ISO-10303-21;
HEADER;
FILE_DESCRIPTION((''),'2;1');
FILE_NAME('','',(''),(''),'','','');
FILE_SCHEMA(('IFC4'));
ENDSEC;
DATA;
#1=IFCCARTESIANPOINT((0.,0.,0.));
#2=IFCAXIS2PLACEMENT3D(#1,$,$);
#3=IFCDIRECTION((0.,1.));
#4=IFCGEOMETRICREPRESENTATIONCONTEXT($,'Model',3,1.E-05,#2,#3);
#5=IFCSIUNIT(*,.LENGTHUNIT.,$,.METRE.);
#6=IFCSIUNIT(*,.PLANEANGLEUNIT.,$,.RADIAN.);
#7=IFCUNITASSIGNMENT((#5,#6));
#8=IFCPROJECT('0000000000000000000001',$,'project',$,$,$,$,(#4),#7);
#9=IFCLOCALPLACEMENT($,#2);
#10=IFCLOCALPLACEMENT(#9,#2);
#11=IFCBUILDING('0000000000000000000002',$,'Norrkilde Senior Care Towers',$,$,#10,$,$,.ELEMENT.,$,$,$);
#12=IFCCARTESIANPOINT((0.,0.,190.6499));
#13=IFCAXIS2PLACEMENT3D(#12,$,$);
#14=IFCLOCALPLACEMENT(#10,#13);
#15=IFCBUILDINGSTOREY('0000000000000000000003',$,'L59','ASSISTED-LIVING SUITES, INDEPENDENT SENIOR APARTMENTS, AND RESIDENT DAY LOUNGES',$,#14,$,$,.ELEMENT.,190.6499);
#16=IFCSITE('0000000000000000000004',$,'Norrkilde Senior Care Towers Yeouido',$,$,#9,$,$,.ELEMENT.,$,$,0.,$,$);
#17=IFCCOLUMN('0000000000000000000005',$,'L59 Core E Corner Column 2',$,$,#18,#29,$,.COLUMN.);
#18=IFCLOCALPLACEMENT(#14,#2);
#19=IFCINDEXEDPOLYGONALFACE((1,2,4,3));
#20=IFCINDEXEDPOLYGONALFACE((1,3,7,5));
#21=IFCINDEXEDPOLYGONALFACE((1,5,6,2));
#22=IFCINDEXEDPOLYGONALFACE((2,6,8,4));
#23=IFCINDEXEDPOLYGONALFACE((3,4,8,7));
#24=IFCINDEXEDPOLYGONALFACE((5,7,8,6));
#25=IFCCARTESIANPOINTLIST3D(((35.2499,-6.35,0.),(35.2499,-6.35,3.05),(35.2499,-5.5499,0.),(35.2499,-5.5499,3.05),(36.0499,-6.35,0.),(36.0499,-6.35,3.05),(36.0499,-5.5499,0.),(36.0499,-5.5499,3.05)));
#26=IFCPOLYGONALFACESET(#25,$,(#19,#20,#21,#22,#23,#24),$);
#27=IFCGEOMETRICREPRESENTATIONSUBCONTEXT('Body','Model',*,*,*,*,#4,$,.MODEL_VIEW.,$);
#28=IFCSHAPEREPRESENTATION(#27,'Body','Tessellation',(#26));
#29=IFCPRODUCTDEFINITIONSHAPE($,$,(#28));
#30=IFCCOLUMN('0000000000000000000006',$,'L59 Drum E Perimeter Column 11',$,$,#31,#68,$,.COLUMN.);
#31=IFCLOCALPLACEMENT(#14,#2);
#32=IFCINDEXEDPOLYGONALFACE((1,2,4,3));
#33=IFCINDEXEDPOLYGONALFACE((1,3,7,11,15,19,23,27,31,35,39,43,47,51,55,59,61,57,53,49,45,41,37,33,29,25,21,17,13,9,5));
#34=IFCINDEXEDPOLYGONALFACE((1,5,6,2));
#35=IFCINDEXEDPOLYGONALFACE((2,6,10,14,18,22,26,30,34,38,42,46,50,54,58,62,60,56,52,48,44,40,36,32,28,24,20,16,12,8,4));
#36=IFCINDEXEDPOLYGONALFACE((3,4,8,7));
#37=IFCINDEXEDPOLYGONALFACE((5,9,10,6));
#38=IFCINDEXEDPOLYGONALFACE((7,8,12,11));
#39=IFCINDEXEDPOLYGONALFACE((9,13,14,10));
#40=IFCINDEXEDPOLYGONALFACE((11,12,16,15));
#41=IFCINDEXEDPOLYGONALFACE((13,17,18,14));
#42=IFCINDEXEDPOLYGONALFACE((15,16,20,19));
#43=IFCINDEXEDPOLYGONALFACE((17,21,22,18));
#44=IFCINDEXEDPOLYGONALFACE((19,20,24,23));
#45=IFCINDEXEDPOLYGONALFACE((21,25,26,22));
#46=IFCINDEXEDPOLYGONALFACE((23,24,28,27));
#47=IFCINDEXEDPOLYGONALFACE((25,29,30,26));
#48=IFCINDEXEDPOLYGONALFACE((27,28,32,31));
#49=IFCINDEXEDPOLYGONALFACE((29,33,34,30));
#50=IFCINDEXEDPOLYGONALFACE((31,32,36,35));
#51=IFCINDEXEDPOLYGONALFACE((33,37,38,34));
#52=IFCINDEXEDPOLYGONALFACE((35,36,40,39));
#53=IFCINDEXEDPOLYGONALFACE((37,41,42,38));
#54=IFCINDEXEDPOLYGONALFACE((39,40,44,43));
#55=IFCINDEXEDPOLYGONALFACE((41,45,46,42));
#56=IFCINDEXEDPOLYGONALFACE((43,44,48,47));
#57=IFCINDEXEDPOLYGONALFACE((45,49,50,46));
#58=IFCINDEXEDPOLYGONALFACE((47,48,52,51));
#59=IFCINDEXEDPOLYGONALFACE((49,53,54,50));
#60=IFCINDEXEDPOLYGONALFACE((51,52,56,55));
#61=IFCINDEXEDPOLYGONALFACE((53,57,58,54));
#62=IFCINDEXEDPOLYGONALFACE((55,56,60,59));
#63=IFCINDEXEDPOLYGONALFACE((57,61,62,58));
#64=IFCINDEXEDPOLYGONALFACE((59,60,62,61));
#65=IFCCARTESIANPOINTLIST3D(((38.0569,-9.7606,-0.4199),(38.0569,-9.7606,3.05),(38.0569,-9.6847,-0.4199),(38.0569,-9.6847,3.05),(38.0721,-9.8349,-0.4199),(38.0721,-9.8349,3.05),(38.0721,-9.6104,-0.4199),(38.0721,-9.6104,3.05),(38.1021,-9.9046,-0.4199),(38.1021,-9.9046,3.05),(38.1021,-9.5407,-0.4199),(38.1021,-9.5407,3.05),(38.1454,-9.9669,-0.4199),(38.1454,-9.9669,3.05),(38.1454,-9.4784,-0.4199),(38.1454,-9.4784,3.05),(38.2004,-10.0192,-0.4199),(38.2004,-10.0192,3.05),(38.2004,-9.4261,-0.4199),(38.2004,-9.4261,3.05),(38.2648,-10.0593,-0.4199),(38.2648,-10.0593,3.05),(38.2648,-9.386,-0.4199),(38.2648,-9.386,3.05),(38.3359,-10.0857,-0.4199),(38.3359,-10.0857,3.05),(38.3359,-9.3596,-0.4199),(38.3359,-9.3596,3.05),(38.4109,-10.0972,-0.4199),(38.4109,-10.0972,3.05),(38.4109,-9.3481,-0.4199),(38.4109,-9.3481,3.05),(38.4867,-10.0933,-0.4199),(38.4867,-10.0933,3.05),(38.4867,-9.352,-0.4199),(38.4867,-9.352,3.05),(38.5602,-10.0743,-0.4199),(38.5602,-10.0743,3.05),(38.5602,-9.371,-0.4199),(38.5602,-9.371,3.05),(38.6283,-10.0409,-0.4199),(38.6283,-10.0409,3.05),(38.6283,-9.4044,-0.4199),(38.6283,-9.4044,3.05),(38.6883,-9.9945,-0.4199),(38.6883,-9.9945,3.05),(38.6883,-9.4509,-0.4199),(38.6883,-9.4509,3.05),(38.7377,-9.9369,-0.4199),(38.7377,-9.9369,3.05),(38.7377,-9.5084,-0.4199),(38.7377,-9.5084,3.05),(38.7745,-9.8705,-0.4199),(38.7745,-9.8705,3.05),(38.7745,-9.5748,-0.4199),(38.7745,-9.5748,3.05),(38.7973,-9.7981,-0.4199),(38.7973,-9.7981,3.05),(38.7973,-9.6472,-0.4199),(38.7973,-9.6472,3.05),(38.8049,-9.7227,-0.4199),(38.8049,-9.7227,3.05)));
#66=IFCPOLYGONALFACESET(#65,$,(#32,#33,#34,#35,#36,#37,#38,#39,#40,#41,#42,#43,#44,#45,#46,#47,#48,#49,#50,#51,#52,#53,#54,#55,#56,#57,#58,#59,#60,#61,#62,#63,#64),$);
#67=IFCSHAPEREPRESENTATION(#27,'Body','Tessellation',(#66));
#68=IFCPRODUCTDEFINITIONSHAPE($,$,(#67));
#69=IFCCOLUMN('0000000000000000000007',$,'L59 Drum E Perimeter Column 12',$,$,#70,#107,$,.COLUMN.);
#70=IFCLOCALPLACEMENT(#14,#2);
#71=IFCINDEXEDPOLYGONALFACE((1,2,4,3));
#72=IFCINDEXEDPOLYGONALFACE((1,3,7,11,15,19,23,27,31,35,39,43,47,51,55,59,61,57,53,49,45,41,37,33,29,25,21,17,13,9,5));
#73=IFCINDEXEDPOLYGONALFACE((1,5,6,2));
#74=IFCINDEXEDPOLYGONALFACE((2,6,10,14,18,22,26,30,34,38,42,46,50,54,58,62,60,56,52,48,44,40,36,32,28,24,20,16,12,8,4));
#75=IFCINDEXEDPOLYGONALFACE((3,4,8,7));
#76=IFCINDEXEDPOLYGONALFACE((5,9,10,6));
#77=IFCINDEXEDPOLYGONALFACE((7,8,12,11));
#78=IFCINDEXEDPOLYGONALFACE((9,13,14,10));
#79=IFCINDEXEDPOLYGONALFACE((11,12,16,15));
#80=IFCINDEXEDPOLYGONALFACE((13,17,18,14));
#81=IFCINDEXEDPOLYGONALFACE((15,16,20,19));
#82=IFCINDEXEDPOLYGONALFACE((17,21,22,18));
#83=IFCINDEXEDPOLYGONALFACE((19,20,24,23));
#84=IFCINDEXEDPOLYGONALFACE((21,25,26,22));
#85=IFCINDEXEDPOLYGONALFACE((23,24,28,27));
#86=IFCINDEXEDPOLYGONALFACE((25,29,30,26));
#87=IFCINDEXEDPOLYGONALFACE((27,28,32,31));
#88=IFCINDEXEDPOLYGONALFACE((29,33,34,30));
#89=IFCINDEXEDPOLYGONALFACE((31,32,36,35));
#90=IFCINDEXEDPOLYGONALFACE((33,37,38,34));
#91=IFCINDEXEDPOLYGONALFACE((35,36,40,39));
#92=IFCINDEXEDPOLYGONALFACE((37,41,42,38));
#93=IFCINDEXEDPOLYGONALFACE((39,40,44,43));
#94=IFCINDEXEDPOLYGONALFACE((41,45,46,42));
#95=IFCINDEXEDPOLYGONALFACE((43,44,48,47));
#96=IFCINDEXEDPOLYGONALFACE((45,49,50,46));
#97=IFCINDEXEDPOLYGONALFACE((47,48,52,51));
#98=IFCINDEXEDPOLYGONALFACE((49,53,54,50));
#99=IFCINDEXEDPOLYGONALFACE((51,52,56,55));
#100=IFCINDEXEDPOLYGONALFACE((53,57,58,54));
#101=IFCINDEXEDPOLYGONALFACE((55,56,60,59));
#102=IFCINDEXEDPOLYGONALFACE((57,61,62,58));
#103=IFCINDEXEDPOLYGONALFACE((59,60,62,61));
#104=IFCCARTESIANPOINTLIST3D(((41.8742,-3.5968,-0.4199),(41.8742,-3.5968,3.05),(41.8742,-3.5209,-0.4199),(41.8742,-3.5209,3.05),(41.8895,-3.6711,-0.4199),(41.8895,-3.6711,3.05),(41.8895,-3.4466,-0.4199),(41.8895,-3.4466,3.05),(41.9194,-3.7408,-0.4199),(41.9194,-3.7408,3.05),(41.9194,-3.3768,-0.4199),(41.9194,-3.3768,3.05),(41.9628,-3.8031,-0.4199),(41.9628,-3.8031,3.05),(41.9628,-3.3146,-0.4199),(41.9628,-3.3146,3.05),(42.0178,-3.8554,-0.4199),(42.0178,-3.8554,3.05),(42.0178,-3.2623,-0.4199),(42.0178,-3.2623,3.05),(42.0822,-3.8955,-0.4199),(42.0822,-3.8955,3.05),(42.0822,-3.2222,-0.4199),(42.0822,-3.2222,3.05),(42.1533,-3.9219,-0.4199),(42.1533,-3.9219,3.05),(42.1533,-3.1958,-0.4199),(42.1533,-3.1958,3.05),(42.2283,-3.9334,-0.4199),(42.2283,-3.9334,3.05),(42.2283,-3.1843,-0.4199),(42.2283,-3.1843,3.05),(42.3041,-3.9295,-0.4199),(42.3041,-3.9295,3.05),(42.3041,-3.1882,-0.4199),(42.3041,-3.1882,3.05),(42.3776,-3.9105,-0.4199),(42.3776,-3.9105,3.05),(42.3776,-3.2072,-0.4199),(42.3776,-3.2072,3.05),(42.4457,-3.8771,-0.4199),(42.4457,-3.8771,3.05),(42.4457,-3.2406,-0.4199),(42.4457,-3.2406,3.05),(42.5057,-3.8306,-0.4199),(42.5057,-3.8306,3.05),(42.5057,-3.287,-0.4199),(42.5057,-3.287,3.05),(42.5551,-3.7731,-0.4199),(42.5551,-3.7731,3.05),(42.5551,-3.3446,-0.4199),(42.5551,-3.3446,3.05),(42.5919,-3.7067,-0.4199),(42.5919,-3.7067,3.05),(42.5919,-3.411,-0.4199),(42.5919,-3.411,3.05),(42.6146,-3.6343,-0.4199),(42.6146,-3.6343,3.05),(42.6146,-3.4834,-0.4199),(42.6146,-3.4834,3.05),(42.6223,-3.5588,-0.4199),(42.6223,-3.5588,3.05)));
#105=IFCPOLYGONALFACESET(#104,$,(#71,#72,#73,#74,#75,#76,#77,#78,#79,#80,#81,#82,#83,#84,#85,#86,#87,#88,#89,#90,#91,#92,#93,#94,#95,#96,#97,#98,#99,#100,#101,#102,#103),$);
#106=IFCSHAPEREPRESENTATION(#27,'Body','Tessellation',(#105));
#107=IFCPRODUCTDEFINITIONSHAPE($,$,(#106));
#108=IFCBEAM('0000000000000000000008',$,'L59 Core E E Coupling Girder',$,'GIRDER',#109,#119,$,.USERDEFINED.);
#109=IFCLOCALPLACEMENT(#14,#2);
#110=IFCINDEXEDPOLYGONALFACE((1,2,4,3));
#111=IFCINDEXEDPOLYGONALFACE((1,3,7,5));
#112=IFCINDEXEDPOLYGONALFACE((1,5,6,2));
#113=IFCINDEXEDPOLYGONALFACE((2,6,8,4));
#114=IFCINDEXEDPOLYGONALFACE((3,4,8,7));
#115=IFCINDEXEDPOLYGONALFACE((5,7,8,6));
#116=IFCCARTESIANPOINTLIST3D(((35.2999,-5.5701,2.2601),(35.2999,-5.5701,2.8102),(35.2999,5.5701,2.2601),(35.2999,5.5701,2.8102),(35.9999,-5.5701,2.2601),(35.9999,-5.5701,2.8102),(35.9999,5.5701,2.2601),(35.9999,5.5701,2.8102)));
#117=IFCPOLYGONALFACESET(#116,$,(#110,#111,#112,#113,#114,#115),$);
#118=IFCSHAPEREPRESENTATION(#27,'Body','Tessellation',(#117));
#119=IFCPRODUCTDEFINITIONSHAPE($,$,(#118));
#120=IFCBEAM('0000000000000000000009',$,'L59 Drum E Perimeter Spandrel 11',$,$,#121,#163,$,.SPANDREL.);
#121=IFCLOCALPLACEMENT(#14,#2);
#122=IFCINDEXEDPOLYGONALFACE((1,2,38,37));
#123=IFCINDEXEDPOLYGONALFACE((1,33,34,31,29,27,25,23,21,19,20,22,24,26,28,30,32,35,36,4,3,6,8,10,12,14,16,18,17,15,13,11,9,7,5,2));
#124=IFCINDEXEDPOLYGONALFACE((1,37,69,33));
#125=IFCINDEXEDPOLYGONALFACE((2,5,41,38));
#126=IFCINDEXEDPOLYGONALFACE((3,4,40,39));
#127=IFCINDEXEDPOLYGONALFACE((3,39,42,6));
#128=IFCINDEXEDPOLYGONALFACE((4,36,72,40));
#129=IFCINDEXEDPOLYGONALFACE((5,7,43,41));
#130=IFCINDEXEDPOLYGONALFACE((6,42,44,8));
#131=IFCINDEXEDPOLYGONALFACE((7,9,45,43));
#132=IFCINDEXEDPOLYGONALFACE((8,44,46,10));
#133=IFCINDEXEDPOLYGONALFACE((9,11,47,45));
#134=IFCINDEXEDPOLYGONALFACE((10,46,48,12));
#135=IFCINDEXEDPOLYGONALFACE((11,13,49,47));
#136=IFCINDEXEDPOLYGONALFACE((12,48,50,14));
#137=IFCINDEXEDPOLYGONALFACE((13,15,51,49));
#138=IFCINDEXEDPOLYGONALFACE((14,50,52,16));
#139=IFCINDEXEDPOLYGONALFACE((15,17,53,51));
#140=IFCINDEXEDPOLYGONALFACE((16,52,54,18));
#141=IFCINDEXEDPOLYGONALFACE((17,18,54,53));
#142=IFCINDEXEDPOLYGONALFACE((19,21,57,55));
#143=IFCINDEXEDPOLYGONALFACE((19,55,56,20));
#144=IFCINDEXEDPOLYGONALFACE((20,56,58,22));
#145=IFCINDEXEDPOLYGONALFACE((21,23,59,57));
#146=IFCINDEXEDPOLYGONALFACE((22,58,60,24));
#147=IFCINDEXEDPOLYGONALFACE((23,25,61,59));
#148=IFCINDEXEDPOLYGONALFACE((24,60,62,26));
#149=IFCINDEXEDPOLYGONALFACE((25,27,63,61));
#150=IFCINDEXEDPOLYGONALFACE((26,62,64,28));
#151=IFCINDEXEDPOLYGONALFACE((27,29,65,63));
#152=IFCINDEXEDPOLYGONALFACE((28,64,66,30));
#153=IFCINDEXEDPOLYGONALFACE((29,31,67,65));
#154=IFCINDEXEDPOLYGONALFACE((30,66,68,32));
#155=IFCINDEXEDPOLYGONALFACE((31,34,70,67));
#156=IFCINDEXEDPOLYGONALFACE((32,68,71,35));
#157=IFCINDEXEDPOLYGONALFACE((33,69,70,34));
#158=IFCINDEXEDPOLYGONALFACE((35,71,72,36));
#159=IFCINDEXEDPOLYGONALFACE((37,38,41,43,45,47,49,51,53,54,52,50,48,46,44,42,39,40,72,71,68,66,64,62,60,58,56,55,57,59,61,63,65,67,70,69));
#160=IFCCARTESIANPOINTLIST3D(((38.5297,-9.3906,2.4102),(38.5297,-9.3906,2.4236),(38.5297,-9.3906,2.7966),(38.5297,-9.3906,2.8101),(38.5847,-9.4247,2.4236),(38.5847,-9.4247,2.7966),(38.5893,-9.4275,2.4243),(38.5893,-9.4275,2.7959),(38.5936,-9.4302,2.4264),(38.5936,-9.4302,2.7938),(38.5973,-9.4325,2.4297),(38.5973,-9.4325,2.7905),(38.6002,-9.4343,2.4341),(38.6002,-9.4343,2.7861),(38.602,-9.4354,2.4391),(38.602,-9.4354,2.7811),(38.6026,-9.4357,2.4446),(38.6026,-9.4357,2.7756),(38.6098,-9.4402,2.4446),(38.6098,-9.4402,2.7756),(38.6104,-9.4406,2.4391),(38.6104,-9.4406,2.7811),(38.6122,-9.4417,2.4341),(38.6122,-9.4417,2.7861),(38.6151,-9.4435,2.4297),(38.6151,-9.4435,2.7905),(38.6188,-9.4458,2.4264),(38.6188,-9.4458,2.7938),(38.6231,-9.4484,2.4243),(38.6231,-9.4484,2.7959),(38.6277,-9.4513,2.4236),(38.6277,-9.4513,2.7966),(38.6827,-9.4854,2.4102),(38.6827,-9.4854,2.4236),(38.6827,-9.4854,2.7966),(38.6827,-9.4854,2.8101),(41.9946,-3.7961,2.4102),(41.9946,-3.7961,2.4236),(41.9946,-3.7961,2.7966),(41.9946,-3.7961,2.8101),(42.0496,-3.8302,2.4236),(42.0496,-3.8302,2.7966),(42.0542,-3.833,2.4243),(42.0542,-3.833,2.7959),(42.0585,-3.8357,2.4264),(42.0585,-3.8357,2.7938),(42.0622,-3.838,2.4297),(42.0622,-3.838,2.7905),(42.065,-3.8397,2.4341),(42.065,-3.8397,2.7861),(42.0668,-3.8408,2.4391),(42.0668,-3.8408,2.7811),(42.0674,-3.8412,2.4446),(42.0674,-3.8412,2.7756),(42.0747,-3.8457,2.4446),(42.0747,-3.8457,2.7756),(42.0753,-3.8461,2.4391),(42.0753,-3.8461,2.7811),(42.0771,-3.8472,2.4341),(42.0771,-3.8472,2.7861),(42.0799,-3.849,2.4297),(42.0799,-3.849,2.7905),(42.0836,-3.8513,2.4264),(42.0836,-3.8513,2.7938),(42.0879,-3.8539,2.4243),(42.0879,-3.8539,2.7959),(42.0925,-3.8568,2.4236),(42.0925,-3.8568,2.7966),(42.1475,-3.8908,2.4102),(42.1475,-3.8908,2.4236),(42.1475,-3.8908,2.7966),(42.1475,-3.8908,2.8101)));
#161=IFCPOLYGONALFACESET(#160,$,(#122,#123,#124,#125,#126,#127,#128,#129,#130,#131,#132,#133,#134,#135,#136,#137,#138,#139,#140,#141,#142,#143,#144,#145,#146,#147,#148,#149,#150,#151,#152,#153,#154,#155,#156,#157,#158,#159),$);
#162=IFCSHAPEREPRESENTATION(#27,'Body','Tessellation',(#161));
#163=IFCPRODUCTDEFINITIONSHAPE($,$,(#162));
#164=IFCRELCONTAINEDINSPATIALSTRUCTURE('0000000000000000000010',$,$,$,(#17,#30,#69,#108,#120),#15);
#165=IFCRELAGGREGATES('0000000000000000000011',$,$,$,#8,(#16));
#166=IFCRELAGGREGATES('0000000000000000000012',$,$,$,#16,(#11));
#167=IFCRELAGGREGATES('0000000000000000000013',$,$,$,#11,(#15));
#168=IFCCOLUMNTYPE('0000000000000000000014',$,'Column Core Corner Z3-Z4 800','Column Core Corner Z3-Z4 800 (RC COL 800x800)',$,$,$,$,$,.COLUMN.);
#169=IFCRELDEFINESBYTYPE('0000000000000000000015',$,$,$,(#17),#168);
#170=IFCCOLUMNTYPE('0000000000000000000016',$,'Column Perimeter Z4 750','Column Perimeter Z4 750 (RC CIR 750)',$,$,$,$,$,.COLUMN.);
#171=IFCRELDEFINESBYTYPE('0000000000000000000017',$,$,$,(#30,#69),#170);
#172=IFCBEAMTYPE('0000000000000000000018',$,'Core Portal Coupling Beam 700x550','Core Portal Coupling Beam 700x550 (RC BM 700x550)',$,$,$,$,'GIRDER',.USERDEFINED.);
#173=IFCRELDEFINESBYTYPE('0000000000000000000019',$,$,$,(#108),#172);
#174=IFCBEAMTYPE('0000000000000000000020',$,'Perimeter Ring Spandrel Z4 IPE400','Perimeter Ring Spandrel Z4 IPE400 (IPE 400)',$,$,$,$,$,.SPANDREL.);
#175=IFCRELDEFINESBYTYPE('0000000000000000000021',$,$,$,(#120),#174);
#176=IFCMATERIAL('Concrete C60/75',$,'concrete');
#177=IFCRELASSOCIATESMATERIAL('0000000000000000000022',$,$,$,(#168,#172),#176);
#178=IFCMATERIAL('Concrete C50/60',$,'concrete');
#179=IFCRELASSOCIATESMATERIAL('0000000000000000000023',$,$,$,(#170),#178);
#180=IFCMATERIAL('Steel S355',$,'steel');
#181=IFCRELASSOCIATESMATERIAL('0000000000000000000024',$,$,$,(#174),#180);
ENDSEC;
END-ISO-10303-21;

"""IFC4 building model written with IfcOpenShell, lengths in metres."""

from ifc_helpers import new_model, si_unit, direction, frame, origin, origin_2d, place, context, subcontext, project, spatial, rectangle, circle, i_section, extrude, source, transform, mapped, material, material_profile, profile_set, type_object, type_shapes, element, save


model = new_model("IFC4")

# Units and contexts
model_context = context("Model", 3, precision=1e-05, world=origin(), true_north=direction((0.0, 1.0)))
body_context = subcontext(model_context, "Body", "Model", "MODEL_VIEW")
ifc_project = project(units=[si_unit("LENGTHUNIT", "METRE"), si_unit("PLANEANGLEUNIT", "RADIAN")], contexts=[model_context])

# Site, building, storey
site_placement = place(None, origin())
site = spatial("IfcSite", under=ifc_project, at=site_placement, Name="Norrkilde Senior Care Towers Yeouido", CompositionType="ELEMENT", RefElevation=0.0)
building_placement = place(site_placement, origin())
building = spatial("IfcBuilding", under=site, at=building_placement, Name="Norrkilde Senior Care Towers", CompositionType="ELEMENT")
storey_placement = place(building_placement, frame((0.0, 0.0, 190.6499)))
storey = spatial("IfcBuildingStorey", under=building, at=storey_placement, Name="L59", Description="ASSISTED-LIVING SUITES, INDEPENDENT SENIOR APARTMENTS, AND RESIDENT DAY LOUNGES", CompositionType="ELEMENT", Elevation=190.6499)

# Columns
ifc_material_1 = material(Name="Concrete C60/75", Category="concrete")
ifc_material_profile_1 = material_profile(ifc_material_1, rectangle(XDim=0.8, YDim=0.8, at=origin_2d()), Name="RC COL 800x800")
ifc_profile_set_1 = profile_set([ifc_material_profile_1], Name="Concrete C60/75")
column_type_1 = type_object("IfcColumnType", Name="Column Core Corner Z3-Z4 800", Description="Column Core Corner Z3-Z4 800 (RC COL 800x800)", PredefinedType="COLUMN", material=ifc_profile_set_1)
shared_shape_1 = source(origin(), body_context, "Body", "SweptSolid", [
    extrude(rectangle(XDim=0.8, YDim=0.8, at=origin_2d()), origin(), (0.0, 0.0, 1.0), 3.05),
])
type_shapes(column_type_1, [shared_shape_1])
column_placement = place(storey_placement, frame((35.6499, -5.95, 0.0), z_axis=(0.0, 0.0, 1.0), x_axis=(1.0, 0.0, 0.0)))
element("IfcColumn", 1, at=column_placement, inside=storey, type_object=column_type_1, Name="L59 Core E Corner Column 2", PredefinedType="COLUMN", context=body_context, shape_type="MappedRepresentation", body=[
    mapped(shared_shape_1, transform((0.0, 0.0, 0.0), x_axis=(1.0, 0.0, 0.0), y_axis=(0.0, 1.0, 0.0), z_axis=(0.0, 0.0, 1.0), scale=1.0)),
])
ifc_material_2 = material(Name="Concrete C50/60", Category="concrete")
ifc_material_profile_2 = material_profile(ifc_material_2, circle(Radius=0.375, at=origin_2d()), Name="RC CIR 750")
ifc_profile_set_2 = profile_set([ifc_material_profile_2], Name="Concrete C50/60")
column_type_2 = type_object("IfcColumnType", Name="Column Perimeter Z4 750", Description="Column Perimeter Z4 750 (RC CIR 750)", PredefinedType="COLUMN", material=ifc_profile_set_2)
shared_shape_2 = source(origin(), body_context, "Body", "SweptSolid", [
    extrude(circle(Radius=0.375, at=origin_2d()), origin(), (0.0, 0.0, 1.0), 3.47),
])
type_shapes(column_type_2, [shared_shape_2])
for number, where, z_axis, x_axis, name in (
    (2, (38.4299, -9.7227, -0.4199), (0.0, 0.0, 1.0), (1.0, 0.0, 0.0), "L59 Drum E Perimeter Column 11"),
    (3, (42.2473, -3.5588, -0.4199), (0.0, 0.0, 1.0), (1.0, 0.0, 0.0), "L59 Drum E Perimeter Column 12"),
):
    element("IfcColumn", number, at=place(storey_placement, frame(where, z_axis=z_axis, x_axis=x_axis)), inside=storey, type_object=column_type_2, Name=name, PredefinedType="COLUMN", context=body_context, shape_type="MappedRepresentation", body=[
        mapped(shared_shape_2, transform((0.0, 0.0, 0.0), x_axis=(1.0, 0.0, 0.0), y_axis=(0.0, 1.0, 0.0), z_axis=(0.0, 0.0, 1.0), scale=1.0)),
    ])

# Beams
ifc_material_profile_3 = material_profile(ifc_material_1, rectangle(XDim=0.7, YDim=0.55, at=origin_2d()), Name="RC BM 700x550")
ifc_profile_set_3 = profile_set([ifc_material_profile_3], Name="Concrete C60/75")
beam_type_1 = type_object("IfcBeamType", Name="Core Portal Coupling Beam 700x550", Description="Core Portal Coupling Beam 700x550 (RC BM 700x550)", ElementType="GIRDER", PredefinedType="USERDEFINED", material=ifc_profile_set_3)
shared_shape_3 = source(origin(), body_context, "Body", "SweptSolid", [
    extrude(rectangle(XDim=0.7, YDim=0.55, at=origin_2d()), origin(), (0.0, 0.0, 1.0), 11.1401),
])
type_shapes(beam_type_1, [shared_shape_3])
beam_1_placement = place(storey_placement, frame((35.6499, -5.5701, 2.5352), z_axis=(0.0, 1.0, 0.0), x_axis=(-1.0, 0.0, 0.0)))
element("IfcBeam", 4, at=beam_1_placement, inside=storey, type_object=beam_type_1, Name="L59 Core E E Coupling Girder", ObjectType="GIRDER", PredefinedType="USERDEFINED", context=body_context, shape_type="MappedRepresentation", body=[
    mapped(shared_shape_3, transform((0.0, 0.0, 0.0), x_axis=(1.0, 0.0, 0.0), y_axis=(0.0, 1.0, 0.0), z_axis=(0.0, 0.0, 1.0), scale=1.0)),
])
ifc_material_3 = material(Name="Steel S355", Category="steel")
ifc_material_profile_4 = material_profile(ifc_material_3, i_section(OverallWidth=0.1799, OverallDepth=0.3999, WebThickness=0.0085, FlangeThickness=0.0134, FilletRadius=0.021, at=origin_2d()), Name="IPE 400")
ifc_profile_set_4 = profile_set([ifc_material_profile_4], Name="Steel S355")
beam_type_2 = type_object("IfcBeamType", Name="Perimeter Ring Spandrel Z4 IPE400", Description="Perimeter Ring Spandrel Z4 IPE400 (IPE 400)", PredefinedType="SPANDREL", material=ifc_profile_set_4)
shared_shape_4 = source(origin(), body_context, "Body", "SweptSolid", [
    extrude(i_section(OverallWidth=0.1799, OverallDepth=0.3999, WebThickness=0.0085, FlangeThickness=0.0134, FilletRadius=0.021, at=origin_2d()), origin(), (0.0, 0.0, 1.0), 6.5806),
])
beam_2_placement = place(storey_placement, frame((38.6062, -9.438, 2.6101), z_axis=(0.52653, 0.850157, 0.0), x_axis=(-0.850157, 0.52653, 0.0)))
element("IfcBeam", 5, at=beam_2_placement, inside=storey, type_object=beam_type_2, Name="L59 Drum E Perimeter Spandrel 11", PredefinedType="SPANDREL", context=body_context, shape_type="MappedRepresentation", body=[
    mapped(shared_shape_4, transform((0.0, 0.0, 0.0), x_axis=(1.0, 0.0, 0.0), y_axis=(0.0, 1.0, 0.0), z_axis=(0.0, 0.0, 1.0), scale=1.0)),
])

save(model, "model.ifc")
